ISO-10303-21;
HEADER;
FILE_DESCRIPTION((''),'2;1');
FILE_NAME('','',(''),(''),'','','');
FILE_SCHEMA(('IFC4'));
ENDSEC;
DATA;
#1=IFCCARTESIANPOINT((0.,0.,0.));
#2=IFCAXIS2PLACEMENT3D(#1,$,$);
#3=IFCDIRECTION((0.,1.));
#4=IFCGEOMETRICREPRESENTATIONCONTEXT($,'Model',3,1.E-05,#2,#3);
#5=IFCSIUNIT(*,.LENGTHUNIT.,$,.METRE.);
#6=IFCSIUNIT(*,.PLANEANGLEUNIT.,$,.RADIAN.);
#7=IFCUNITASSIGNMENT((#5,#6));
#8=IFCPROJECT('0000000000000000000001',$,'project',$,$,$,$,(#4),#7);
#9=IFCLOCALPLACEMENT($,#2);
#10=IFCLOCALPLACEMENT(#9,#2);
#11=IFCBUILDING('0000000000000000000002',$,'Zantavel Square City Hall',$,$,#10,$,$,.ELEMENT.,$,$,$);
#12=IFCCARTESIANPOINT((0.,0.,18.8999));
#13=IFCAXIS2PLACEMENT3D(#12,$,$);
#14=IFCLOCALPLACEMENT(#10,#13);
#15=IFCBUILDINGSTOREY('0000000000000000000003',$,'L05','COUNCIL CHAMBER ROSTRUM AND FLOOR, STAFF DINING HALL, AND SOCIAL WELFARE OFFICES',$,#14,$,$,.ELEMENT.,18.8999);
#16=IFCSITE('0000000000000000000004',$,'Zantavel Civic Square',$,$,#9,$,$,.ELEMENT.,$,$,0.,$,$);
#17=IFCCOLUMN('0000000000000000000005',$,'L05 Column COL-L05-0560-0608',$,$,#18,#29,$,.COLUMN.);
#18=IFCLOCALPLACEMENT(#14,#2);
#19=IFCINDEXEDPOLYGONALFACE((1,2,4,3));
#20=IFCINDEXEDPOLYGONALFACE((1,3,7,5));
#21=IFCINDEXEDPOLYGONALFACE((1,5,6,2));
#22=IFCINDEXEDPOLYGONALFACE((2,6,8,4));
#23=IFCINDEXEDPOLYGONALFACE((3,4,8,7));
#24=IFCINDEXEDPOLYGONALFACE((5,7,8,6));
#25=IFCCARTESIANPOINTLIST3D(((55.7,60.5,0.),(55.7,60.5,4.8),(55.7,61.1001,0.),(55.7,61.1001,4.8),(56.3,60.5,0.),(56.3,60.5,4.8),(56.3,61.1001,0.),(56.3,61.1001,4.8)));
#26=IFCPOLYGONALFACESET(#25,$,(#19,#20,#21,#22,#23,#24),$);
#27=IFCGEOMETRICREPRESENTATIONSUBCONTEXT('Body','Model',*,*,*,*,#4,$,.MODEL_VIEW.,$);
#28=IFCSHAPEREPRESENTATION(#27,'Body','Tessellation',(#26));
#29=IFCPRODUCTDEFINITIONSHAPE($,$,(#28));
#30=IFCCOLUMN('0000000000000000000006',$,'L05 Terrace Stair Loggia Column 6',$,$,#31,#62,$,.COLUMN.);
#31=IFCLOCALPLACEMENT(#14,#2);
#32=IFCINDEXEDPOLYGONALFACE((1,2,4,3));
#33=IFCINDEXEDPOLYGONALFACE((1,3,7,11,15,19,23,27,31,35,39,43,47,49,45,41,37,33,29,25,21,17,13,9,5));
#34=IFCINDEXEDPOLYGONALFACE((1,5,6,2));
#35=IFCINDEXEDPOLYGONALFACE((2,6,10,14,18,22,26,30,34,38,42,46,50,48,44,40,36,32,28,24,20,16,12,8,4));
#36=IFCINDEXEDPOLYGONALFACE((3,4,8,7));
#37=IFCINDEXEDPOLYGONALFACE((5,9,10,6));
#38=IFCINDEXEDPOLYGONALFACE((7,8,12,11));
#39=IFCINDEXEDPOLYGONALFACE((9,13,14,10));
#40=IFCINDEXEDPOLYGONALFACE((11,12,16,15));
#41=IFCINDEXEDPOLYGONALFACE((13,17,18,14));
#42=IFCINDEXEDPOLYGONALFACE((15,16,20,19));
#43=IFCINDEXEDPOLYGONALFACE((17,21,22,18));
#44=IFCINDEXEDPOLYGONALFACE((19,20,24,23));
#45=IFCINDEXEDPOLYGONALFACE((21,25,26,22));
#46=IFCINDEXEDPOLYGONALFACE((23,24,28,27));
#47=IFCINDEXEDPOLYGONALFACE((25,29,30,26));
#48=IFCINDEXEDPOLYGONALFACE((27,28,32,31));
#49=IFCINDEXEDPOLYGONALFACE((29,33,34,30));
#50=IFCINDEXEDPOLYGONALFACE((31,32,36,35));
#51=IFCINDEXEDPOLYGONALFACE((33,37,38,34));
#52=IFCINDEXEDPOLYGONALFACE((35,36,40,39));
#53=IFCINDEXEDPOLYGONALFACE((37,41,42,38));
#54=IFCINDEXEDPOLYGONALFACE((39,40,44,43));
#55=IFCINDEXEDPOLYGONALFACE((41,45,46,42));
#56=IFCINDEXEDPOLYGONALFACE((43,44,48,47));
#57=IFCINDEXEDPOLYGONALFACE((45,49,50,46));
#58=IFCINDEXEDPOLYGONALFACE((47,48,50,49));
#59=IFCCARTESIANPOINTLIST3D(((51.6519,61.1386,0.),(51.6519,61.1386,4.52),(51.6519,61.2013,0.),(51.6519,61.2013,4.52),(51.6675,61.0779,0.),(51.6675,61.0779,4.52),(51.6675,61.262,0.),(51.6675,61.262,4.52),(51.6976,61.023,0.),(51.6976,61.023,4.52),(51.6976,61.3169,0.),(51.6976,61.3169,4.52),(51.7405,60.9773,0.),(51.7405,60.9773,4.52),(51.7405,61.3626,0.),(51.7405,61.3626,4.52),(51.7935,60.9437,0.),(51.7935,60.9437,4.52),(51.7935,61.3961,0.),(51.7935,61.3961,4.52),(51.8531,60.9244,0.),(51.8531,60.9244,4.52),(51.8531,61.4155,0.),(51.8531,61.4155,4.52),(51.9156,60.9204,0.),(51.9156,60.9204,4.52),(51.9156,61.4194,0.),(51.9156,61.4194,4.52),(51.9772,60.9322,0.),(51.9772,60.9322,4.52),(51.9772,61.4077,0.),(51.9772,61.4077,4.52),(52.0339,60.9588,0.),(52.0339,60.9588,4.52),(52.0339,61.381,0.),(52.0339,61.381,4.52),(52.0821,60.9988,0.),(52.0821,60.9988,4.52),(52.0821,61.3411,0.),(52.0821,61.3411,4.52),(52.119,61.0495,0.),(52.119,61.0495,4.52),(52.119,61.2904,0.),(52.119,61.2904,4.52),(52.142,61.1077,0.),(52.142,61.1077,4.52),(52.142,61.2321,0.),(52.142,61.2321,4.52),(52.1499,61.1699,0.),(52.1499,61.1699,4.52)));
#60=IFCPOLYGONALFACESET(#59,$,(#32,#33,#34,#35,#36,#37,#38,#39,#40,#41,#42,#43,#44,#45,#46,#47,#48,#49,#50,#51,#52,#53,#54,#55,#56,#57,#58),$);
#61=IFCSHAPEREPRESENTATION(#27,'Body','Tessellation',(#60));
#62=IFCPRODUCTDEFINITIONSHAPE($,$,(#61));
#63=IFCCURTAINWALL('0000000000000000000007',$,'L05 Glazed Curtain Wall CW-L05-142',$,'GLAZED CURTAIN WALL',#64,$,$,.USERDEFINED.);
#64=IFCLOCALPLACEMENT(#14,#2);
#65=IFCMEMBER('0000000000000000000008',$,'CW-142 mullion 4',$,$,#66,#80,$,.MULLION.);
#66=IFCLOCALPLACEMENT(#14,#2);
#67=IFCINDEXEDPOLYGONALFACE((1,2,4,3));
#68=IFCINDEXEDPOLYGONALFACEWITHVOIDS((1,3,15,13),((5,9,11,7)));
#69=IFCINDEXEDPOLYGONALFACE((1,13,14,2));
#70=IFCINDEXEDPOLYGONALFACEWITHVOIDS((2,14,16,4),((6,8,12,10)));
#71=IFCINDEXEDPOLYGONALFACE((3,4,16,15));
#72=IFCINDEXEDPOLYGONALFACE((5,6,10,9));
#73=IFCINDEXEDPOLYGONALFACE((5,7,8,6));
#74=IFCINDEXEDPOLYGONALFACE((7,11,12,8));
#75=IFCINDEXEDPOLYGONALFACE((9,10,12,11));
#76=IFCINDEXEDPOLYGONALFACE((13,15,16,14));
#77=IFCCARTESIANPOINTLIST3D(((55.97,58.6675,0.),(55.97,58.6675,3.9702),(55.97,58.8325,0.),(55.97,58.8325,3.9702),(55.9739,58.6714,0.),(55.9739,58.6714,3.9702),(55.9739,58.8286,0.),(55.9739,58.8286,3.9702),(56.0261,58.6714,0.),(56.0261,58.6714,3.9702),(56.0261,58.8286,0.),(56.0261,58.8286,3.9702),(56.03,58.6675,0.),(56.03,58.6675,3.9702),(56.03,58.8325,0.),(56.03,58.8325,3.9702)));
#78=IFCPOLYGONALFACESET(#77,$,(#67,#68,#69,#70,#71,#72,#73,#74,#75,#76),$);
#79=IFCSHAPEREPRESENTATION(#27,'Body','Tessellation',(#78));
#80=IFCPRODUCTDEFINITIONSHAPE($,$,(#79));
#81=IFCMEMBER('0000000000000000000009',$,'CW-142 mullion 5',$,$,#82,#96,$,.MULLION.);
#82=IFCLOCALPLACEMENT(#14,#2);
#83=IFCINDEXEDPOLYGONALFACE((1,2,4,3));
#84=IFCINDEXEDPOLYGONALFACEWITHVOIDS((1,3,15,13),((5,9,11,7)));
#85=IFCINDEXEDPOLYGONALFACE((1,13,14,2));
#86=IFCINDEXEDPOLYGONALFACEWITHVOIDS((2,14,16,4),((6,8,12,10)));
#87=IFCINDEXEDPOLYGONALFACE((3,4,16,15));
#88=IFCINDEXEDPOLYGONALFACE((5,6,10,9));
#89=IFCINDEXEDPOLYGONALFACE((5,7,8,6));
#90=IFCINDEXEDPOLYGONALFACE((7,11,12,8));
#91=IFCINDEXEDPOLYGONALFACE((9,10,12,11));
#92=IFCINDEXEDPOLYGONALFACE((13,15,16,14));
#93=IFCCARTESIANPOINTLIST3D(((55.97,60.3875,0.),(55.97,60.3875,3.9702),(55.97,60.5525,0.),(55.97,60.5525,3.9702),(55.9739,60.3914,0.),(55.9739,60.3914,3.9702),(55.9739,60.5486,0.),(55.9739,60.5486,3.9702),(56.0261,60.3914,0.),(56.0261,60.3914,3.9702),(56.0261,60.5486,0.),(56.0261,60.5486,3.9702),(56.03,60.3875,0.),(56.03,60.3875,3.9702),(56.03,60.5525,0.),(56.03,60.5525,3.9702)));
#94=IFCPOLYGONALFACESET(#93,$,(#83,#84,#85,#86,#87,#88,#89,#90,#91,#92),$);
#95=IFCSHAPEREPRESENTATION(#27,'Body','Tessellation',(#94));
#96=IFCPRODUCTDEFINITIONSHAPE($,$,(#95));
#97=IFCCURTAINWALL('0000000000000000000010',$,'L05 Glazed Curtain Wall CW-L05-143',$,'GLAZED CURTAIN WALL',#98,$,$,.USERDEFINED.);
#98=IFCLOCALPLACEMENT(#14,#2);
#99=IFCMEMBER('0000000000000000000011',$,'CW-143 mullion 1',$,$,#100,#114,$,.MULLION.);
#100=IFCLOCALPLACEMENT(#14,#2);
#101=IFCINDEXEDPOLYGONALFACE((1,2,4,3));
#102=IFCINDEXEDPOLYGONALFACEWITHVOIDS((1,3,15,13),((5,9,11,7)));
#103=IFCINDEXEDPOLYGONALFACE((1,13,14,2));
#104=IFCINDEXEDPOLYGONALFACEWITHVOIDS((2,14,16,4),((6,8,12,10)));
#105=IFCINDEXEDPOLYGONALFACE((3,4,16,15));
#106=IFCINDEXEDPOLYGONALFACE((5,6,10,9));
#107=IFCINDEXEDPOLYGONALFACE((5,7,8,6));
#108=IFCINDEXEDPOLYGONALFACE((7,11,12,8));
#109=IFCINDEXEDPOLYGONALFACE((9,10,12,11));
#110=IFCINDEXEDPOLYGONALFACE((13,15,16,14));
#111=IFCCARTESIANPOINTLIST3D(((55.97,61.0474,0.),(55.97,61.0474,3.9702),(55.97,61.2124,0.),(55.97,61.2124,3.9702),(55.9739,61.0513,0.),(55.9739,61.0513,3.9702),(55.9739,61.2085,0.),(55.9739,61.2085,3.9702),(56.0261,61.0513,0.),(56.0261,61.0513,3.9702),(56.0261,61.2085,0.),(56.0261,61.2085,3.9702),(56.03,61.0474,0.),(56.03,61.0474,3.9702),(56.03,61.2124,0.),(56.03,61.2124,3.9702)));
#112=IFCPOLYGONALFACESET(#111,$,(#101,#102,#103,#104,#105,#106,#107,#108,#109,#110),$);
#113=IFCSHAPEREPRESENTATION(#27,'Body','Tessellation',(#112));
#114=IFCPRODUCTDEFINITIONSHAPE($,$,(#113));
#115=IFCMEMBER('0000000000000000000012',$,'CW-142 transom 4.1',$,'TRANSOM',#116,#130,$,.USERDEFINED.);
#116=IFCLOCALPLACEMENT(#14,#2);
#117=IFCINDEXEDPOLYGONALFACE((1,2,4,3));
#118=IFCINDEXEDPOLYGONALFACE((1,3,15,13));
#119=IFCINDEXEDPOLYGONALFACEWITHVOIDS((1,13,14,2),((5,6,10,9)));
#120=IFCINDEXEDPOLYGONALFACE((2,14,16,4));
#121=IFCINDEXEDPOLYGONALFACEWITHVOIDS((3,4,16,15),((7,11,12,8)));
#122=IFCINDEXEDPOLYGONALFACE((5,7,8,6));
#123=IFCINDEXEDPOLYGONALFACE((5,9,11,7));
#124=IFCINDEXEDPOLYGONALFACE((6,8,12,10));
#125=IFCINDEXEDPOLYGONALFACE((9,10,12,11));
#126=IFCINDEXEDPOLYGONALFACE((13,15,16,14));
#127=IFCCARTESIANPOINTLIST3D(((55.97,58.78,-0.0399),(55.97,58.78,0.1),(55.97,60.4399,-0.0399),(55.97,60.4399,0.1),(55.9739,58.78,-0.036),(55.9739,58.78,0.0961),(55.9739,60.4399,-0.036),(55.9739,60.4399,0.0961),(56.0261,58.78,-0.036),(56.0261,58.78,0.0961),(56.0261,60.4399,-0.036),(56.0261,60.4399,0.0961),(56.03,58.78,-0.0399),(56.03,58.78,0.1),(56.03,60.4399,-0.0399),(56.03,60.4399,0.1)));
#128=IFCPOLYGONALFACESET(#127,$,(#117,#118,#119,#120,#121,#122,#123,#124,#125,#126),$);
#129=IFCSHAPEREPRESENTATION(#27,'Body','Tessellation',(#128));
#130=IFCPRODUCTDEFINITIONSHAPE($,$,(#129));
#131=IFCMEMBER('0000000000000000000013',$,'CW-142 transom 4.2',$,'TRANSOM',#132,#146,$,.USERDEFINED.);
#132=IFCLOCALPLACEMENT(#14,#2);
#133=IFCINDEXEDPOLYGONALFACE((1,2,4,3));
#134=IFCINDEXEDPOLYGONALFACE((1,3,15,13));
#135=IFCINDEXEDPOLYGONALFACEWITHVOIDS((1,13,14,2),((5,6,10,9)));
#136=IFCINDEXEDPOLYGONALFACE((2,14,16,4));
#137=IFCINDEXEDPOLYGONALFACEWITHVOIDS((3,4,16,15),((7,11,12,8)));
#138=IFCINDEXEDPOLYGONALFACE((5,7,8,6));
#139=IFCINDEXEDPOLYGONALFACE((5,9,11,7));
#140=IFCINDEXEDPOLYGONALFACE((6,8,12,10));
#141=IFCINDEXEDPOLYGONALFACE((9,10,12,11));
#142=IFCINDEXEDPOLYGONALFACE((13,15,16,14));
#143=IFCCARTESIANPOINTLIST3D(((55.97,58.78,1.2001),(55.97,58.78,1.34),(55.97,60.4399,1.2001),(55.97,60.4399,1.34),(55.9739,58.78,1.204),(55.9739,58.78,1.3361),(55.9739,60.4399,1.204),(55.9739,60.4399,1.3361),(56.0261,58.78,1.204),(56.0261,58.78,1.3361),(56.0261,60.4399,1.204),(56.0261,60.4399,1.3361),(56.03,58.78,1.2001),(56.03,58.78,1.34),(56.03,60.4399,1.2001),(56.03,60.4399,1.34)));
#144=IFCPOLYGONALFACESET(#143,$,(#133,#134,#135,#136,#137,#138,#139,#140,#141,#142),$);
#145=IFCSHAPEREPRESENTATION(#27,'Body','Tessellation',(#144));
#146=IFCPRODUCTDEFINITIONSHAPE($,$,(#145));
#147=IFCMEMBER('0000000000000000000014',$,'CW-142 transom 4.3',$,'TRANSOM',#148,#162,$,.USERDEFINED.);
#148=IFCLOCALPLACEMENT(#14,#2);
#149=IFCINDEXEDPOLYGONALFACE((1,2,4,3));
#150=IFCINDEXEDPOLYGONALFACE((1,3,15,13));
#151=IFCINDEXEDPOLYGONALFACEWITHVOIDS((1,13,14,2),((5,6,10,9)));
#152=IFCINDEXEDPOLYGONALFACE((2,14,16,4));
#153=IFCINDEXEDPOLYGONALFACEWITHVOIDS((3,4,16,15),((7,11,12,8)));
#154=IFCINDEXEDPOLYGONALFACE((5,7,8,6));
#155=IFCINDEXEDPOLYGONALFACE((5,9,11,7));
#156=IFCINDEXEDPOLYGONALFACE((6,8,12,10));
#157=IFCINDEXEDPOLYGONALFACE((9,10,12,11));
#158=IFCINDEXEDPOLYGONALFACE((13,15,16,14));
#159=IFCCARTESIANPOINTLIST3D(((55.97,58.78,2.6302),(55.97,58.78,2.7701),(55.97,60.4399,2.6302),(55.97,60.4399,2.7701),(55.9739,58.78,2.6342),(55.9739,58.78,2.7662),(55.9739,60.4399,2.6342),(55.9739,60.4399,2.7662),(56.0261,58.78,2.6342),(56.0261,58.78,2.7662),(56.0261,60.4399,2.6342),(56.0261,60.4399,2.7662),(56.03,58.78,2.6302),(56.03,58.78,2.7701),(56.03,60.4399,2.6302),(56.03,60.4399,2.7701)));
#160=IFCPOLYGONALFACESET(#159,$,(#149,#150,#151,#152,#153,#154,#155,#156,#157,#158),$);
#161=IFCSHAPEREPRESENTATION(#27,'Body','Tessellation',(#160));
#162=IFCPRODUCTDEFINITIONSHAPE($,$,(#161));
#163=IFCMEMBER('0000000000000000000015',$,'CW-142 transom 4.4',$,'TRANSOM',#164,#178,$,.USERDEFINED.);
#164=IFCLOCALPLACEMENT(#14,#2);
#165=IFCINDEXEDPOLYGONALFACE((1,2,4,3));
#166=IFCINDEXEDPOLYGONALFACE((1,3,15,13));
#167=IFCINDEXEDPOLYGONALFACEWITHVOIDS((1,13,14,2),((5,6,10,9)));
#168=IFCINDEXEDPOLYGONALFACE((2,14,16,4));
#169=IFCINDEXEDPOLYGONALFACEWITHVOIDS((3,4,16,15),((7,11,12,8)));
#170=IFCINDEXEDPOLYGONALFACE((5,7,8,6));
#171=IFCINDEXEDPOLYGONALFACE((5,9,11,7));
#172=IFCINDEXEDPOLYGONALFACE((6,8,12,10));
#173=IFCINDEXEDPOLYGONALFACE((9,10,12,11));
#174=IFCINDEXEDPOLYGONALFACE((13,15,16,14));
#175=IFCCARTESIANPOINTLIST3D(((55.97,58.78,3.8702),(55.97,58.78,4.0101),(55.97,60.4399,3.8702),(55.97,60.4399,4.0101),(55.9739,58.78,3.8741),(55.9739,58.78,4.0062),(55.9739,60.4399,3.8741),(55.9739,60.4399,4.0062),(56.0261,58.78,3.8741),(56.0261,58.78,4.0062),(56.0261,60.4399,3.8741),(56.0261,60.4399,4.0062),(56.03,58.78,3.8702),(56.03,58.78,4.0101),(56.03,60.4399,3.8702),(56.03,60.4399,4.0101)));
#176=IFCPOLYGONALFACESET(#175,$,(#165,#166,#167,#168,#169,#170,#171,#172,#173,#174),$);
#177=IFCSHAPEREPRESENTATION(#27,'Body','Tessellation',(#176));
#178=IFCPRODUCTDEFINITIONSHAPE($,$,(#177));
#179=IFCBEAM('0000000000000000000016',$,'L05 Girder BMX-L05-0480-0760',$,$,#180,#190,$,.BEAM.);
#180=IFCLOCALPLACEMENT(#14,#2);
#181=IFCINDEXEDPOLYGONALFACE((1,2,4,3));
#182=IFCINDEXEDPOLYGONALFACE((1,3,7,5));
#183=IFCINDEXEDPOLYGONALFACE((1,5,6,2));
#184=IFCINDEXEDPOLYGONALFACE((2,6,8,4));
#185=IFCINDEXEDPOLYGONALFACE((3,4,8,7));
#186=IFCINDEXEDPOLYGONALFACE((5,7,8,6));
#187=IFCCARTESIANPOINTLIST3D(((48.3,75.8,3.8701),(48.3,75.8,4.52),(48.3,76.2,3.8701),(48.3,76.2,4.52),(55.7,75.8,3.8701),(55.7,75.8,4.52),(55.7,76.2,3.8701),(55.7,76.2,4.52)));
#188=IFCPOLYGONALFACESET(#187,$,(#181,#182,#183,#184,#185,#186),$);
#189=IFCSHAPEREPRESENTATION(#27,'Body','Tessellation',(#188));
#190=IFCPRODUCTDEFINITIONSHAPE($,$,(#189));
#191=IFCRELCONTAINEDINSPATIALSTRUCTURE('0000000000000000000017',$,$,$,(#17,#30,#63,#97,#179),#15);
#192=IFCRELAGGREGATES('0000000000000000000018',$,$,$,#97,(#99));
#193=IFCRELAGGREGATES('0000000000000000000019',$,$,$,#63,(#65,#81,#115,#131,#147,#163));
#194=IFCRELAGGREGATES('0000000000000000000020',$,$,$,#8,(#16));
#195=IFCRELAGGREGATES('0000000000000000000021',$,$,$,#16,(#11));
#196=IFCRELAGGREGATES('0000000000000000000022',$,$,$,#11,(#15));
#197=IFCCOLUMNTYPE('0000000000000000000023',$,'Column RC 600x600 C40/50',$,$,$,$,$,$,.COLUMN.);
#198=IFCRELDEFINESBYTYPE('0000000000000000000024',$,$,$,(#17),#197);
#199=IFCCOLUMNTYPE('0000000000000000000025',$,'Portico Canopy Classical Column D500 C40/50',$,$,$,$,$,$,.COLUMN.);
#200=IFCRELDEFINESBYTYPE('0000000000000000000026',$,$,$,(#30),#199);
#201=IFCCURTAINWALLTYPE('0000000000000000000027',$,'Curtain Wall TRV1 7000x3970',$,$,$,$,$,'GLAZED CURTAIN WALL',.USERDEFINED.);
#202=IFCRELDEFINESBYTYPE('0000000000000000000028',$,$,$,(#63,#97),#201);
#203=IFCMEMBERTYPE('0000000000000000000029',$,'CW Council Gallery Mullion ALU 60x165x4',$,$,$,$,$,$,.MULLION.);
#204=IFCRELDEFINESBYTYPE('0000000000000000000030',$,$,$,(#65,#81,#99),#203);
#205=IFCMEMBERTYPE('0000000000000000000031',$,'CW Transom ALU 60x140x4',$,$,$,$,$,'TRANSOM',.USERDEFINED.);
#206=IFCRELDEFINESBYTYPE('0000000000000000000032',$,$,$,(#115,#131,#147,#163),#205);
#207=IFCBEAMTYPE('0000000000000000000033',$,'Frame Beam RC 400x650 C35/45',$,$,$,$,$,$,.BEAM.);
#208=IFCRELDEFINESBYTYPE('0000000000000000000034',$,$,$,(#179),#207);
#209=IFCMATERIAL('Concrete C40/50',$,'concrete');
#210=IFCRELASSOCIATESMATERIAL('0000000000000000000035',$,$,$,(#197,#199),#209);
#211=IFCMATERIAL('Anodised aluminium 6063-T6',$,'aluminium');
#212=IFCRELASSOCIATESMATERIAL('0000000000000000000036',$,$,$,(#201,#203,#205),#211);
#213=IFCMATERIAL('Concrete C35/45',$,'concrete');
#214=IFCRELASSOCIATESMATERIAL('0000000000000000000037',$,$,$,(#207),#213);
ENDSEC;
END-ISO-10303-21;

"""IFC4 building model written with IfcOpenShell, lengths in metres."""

from ifc_helpers import new_model, si_unit, direction, frame, origin, origin_2d, place, context, subcontext, project, spatial, rectangle, hollow_rectangle, circle, extrude, material, material_profile, profile_set, type_object, element, aggregate, save


model = new_model("IFC4")

# Units and contexts
model_context = context("Model", 3, precision=1e-05, world=origin(), true_north=direction((0.0, 1.0)))
body_context = subcontext(model_context, "Body", "Model", "MODEL_VIEW")
ifc_project = project(units=[si_unit("LENGTHUNIT", "METRE"), si_unit("PLANEANGLEUNIT", "RADIAN")], contexts=[model_context])

# Site, building, storey
site_placement = place(None, origin())
site = spatial("IfcSite", under=ifc_project, at=site_placement, Name="Zantavel Civic Square", CompositionType="ELEMENT", RefElevation=0.0)
building_placement = place(site_placement, origin())
building = spatial("IfcBuilding", under=site, at=building_placement, Name="Zantavel Square City Hall", CompositionType="ELEMENT")
storey_placement = place(building_placement, frame((0.0, 0.0, 18.8999)))
storey = spatial("IfcBuildingStorey", under=building, at=storey_placement, Name="L05", Description="COUNCIL CHAMBER ROSTRUM AND FLOOR, STAFF DINING HALL, AND SOCIAL WELFARE OFFICES", CompositionType="ELEMENT", Elevation=18.8999)

# Columns
ifc_material_1 = material(Name="Concrete C40/50", Category="concrete")
ifc_material_profile_1 = material_profile(ifc_material_1, rectangle(XDim=0.6001, YDim=0.6001, at=origin_2d()), Name="RC 600x600")
ifc_profile_set_1 = profile_set([ifc_material_profile_1], Name="Concrete C40/50")
column_type_1 = type_object("IfcColumnType", Name="Column RC 600x600 C40/50", PredefinedType="COLUMN", material=ifc_profile_set_1)
column_1_placement = place(storey_placement, frame((56.0, 60.8, 0.0), z_axis=(0.0, 0.0, 1.0), x_axis=(1.0, 0.0, 0.0)))
element("IfcColumn", 1, at=column_1_placement, inside=storey, type_object=column_type_1, Name="L05 Column COL-L05-0560-0608", PredefinedType="COLUMN", context=body_context, shape_type="SweptSolid", body=[
    extrude(rectangle(XDim=0.6001, YDim=0.6001, at=origin_2d()), origin(), (0.0, 0.0, 1.0), 4.8),
])
ifc_material_profile_2 = material_profile(ifc_material_1, circle(Radius=0.25, at=origin_2d()), Name="ROUND D500")
ifc_profile_set_2 = profile_set([ifc_material_profile_2], Name="Concrete C40/50")
column_type_2 = type_object("IfcColumnType", Name="Portico Canopy Classical Column D500 C40/50", PredefinedType="COLUMN", material=ifc_profile_set_2)
column_2_placement = place(storey_placement, frame((51.8999, 61.1699, 0.0), z_axis=(0.0, 0.0, 1.0), x_axis=(1.0, 0.0, 0.0)))
element("IfcColumn", 2, at=column_2_placement, inside=storey, type_object=column_type_2, Name="L05 Terrace Stair Loggia Column 6", PredefinedType="COLUMN", context=body_context, shape_type="SweptSolid", body=[
    extrude(circle(Radius=0.25, at=origin_2d()), origin(), (0.0, 0.0, 1.0), 4.52),
])

# Curtain wall, members
ifc_material_2 = material(Name="Anodised aluminium 6063-T6", Category="aluminium")
curtain_wall_type = type_object("IfcCurtainWallType", Name="Curtain Wall TRV1 7000x3970", ElementType="GLAZED CURTAIN WALL", PredefinedType="USERDEFINED", material=ifc_material_2)
curtain_wall_1_placement = place(storey_placement, origin())
curtain_wall_1 = element("IfcCurtainWall", 3, at=curtain_wall_1_placement, inside=storey, type_object=curtain_wall_type, Name="L05 Glazed Curtain Wall CW-L05-142", ObjectType="GLAZED CURTAIN WALL", PredefinedType="USERDEFINED")
ifc_material_profile_3 = material_profile(ifc_material_2, hollow_rectangle(XDim=0.0601, YDim=0.165, WallThickness=0.0039, at=origin_2d()), Name="ALU 60x165x4")
ifc_profile_set_3 = profile_set([ifc_material_profile_3], Name="Anodised aluminium 6063-T6")
member_type_1 = type_object("IfcMemberType", Name="CW Council Gallery Mullion ALU 60x165x4", PredefinedType="MULLION", material=ifc_profile_set_3)
member_1_placement = place(storey_placement, frame((56.0, 58.75, 0.0), z_axis=(0.0, 0.0, 1.0), x_axis=(-1.0, 0.0, 0.0)))
member_1 = element("IfcMember", 4, at=member_1_placement, type_object=member_type_1, Name="CW-142 mullion 4", PredefinedType="MULLION", context=body_context, shape_type="SweptSolid", body=[
    extrude(hollow_rectangle(XDim=0.0601, YDim=0.165, WallThickness=0.0039, at=origin_2d()), origin(), (0.0, 0.0, 1.0), 3.9702),
])
member_2_placement = place(storey_placement, frame((56.0, 60.47, 0.0), z_axis=(0.0, 0.0, 1.0), x_axis=(-1.0, 0.0, 0.0)))
member_2 = element("IfcMember", 5, at=member_2_placement, type_object=member_type_1, Name="CW-142 mullion 5", PredefinedType="MULLION", context=body_context, shape_type="SweptSolid", body=[
    extrude(hollow_rectangle(XDim=0.0601, YDim=0.165, WallThickness=0.0039, at=origin_2d()), origin(), (0.0, 0.0, 1.0), 3.9702),
])

# Curtain wall, member
curtain_wall_2_placement = place(storey_placement, origin())
curtain_wall_2 = element("IfcCurtainWall", 6, at=curtain_wall_2_placement, inside=storey, type_object=curtain_wall_type, Name="L05 Glazed Curtain Wall CW-L05-143", ObjectType="GLAZED CURTAIN WALL", PredefinedType="USERDEFINED")
member_3_placement = place(storey_placement, frame((56.0, 61.1299, 0.0), z_axis=(0.0, 0.0, 1.0), x_axis=(-1.0, 0.0, 0.0)))
member_3 = element("IfcMember", 7, at=member_3_placement, type_object=member_type_1, Name="CW-143 mullion 1", PredefinedType="MULLION", context=body_context, shape_type="SweptSolid", body=[
    extrude(hollow_rectangle(XDim=0.0601, YDim=0.165, WallThickness=0.0039, at=origin_2d()), origin(), (0.0, 0.0, 1.0), 3.9702),
])
aggregate(curtain_wall_2, [member_3])

# Members
ifc_material_profile_4 = material_profile(ifc_material_2, hollow_rectangle(XDim=0.0601, YDim=0.1399, WallThickness=0.0039, at=origin_2d()), Name="ALU 60x140x4")
ifc_profile_set_4 = profile_set([ifc_material_profile_4], Name="Anodised aluminium 6063-T6")
member_type_2 = type_object("IfcMemberType", Name="CW Transom ALU 60x140x4", ElementType="TRANSOM", PredefinedType="USERDEFINED", material=ifc_profile_set_4)
member_4_placement = place(storey_placement, frame((56.0, 58.78, 0.03), z_axis=(0.0, 1.0, 0.0), x_axis=(-1.0, 0.0, 0.0)))
member_4 = element("IfcMember", 8, at=member_4_placement, type_object=member_type_2, Name="CW-142 transom 4.1", ObjectType="TRANSOM", PredefinedType="USERDEFINED", context=body_context, shape_type="SweptSolid", body=[
    extrude(hollow_rectangle(XDim=0.0601, YDim=0.1399, WallThickness=0.0039, at=origin_2d()), origin(), (0.0, 0.0, 1.0), 1.6599),
])
member_5_placement = place(storey_placement, frame((56.0, 58.78, 1.27), z_axis=(0.0, 1.0, 0.0), x_axis=(-1.0, 0.0, 0.0)))
member_5 = element("IfcMember", 9, at=member_5_placement, type_object=member_type_2, Name="CW-142 transom 4.2", ObjectType="TRANSOM", PredefinedType="USERDEFINED", context=body_context, shape_type="SweptSolid", body=[
    extrude(hollow_rectangle(XDim=0.0601, YDim=0.1399, WallThickness=0.0039, at=origin_2d()), origin(), (0.0, 0.0, 1.0), 1.6599),
])
member_6_placement = place(storey_placement, frame((56.0, 58.78, 2.7002), z_axis=(0.0, 1.0, 0.0), x_axis=(-1.0, 0.0, 0.0)))
member_6 = element("IfcMember", 10, at=member_6_placement, type_object=member_type_2, Name="CW-142 transom 4.3", ObjectType="TRANSOM", PredefinedType="USERDEFINED", context=body_context, shape_type="SweptSolid", body=[
    extrude(hollow_rectangle(XDim=0.0601, YDim=0.1399, WallThickness=0.0039, at=origin_2d()), origin(), (0.0, 0.0, 1.0), 1.6599),
])
member_7_placement = place(storey_placement, frame((56.0, 58.78, 3.9402), z_axis=(0.0, 1.0, 0.0), x_axis=(-1.0, 0.0, 0.0)))
member_7 = element("IfcMember", 11, at=member_7_placement, type_object=member_type_2, Name="CW-142 transom 4.4", ObjectType="TRANSOM", PredefinedType="USERDEFINED", context=body_context, shape_type="SweptSolid", body=[
    extrude(hollow_rectangle(XDim=0.0601, YDim=0.1399, WallThickness=0.0039, at=origin_2d()), origin(), (0.0, 0.0, 1.0), 1.6599),
])

# Beam
ifc_material_3 = material(Name="Concrete C35/45", Category="concrete")
ifc_material_profile_5 = material_profile(ifc_material_3, rectangle(XDim=0.3999, YDim=0.6499, at=origin_2d()), Name="RC 400x650")
ifc_profile_set_5 = profile_set([ifc_material_profile_5], Name="Concrete C35/45")
beam_type_1 = type_object("IfcBeamType", Name="Frame Beam RC 400x650 C35/45", PredefinedType="BEAM", material=ifc_profile_set_5)
beam_1_placement = place(storey_placement, frame((48.3, 76.0, 4.1951), z_axis=(1.0, 0.0, 0.0), x_axis=(0.0, 1.0, 0.0)))
element("IfcBeam", 12, at=beam_1_placement, inside=storey, type_object=beam_type_1, Name="L05 Girder BMX-L05-0480-0760", PredefinedType="BEAM", context=body_context, shape_type="SweptSolid", body=[
    extrude(rectangle(XDim=0.3999, YDim=0.6499, at=origin_2d()), origin(), (0.0, 0.0, 1.0), 7.3999),
])

aggregate(curtain_wall_1, [member_1, member_2, member_4, member_5, member_6, member_7])

save(model, "model.ifc")
